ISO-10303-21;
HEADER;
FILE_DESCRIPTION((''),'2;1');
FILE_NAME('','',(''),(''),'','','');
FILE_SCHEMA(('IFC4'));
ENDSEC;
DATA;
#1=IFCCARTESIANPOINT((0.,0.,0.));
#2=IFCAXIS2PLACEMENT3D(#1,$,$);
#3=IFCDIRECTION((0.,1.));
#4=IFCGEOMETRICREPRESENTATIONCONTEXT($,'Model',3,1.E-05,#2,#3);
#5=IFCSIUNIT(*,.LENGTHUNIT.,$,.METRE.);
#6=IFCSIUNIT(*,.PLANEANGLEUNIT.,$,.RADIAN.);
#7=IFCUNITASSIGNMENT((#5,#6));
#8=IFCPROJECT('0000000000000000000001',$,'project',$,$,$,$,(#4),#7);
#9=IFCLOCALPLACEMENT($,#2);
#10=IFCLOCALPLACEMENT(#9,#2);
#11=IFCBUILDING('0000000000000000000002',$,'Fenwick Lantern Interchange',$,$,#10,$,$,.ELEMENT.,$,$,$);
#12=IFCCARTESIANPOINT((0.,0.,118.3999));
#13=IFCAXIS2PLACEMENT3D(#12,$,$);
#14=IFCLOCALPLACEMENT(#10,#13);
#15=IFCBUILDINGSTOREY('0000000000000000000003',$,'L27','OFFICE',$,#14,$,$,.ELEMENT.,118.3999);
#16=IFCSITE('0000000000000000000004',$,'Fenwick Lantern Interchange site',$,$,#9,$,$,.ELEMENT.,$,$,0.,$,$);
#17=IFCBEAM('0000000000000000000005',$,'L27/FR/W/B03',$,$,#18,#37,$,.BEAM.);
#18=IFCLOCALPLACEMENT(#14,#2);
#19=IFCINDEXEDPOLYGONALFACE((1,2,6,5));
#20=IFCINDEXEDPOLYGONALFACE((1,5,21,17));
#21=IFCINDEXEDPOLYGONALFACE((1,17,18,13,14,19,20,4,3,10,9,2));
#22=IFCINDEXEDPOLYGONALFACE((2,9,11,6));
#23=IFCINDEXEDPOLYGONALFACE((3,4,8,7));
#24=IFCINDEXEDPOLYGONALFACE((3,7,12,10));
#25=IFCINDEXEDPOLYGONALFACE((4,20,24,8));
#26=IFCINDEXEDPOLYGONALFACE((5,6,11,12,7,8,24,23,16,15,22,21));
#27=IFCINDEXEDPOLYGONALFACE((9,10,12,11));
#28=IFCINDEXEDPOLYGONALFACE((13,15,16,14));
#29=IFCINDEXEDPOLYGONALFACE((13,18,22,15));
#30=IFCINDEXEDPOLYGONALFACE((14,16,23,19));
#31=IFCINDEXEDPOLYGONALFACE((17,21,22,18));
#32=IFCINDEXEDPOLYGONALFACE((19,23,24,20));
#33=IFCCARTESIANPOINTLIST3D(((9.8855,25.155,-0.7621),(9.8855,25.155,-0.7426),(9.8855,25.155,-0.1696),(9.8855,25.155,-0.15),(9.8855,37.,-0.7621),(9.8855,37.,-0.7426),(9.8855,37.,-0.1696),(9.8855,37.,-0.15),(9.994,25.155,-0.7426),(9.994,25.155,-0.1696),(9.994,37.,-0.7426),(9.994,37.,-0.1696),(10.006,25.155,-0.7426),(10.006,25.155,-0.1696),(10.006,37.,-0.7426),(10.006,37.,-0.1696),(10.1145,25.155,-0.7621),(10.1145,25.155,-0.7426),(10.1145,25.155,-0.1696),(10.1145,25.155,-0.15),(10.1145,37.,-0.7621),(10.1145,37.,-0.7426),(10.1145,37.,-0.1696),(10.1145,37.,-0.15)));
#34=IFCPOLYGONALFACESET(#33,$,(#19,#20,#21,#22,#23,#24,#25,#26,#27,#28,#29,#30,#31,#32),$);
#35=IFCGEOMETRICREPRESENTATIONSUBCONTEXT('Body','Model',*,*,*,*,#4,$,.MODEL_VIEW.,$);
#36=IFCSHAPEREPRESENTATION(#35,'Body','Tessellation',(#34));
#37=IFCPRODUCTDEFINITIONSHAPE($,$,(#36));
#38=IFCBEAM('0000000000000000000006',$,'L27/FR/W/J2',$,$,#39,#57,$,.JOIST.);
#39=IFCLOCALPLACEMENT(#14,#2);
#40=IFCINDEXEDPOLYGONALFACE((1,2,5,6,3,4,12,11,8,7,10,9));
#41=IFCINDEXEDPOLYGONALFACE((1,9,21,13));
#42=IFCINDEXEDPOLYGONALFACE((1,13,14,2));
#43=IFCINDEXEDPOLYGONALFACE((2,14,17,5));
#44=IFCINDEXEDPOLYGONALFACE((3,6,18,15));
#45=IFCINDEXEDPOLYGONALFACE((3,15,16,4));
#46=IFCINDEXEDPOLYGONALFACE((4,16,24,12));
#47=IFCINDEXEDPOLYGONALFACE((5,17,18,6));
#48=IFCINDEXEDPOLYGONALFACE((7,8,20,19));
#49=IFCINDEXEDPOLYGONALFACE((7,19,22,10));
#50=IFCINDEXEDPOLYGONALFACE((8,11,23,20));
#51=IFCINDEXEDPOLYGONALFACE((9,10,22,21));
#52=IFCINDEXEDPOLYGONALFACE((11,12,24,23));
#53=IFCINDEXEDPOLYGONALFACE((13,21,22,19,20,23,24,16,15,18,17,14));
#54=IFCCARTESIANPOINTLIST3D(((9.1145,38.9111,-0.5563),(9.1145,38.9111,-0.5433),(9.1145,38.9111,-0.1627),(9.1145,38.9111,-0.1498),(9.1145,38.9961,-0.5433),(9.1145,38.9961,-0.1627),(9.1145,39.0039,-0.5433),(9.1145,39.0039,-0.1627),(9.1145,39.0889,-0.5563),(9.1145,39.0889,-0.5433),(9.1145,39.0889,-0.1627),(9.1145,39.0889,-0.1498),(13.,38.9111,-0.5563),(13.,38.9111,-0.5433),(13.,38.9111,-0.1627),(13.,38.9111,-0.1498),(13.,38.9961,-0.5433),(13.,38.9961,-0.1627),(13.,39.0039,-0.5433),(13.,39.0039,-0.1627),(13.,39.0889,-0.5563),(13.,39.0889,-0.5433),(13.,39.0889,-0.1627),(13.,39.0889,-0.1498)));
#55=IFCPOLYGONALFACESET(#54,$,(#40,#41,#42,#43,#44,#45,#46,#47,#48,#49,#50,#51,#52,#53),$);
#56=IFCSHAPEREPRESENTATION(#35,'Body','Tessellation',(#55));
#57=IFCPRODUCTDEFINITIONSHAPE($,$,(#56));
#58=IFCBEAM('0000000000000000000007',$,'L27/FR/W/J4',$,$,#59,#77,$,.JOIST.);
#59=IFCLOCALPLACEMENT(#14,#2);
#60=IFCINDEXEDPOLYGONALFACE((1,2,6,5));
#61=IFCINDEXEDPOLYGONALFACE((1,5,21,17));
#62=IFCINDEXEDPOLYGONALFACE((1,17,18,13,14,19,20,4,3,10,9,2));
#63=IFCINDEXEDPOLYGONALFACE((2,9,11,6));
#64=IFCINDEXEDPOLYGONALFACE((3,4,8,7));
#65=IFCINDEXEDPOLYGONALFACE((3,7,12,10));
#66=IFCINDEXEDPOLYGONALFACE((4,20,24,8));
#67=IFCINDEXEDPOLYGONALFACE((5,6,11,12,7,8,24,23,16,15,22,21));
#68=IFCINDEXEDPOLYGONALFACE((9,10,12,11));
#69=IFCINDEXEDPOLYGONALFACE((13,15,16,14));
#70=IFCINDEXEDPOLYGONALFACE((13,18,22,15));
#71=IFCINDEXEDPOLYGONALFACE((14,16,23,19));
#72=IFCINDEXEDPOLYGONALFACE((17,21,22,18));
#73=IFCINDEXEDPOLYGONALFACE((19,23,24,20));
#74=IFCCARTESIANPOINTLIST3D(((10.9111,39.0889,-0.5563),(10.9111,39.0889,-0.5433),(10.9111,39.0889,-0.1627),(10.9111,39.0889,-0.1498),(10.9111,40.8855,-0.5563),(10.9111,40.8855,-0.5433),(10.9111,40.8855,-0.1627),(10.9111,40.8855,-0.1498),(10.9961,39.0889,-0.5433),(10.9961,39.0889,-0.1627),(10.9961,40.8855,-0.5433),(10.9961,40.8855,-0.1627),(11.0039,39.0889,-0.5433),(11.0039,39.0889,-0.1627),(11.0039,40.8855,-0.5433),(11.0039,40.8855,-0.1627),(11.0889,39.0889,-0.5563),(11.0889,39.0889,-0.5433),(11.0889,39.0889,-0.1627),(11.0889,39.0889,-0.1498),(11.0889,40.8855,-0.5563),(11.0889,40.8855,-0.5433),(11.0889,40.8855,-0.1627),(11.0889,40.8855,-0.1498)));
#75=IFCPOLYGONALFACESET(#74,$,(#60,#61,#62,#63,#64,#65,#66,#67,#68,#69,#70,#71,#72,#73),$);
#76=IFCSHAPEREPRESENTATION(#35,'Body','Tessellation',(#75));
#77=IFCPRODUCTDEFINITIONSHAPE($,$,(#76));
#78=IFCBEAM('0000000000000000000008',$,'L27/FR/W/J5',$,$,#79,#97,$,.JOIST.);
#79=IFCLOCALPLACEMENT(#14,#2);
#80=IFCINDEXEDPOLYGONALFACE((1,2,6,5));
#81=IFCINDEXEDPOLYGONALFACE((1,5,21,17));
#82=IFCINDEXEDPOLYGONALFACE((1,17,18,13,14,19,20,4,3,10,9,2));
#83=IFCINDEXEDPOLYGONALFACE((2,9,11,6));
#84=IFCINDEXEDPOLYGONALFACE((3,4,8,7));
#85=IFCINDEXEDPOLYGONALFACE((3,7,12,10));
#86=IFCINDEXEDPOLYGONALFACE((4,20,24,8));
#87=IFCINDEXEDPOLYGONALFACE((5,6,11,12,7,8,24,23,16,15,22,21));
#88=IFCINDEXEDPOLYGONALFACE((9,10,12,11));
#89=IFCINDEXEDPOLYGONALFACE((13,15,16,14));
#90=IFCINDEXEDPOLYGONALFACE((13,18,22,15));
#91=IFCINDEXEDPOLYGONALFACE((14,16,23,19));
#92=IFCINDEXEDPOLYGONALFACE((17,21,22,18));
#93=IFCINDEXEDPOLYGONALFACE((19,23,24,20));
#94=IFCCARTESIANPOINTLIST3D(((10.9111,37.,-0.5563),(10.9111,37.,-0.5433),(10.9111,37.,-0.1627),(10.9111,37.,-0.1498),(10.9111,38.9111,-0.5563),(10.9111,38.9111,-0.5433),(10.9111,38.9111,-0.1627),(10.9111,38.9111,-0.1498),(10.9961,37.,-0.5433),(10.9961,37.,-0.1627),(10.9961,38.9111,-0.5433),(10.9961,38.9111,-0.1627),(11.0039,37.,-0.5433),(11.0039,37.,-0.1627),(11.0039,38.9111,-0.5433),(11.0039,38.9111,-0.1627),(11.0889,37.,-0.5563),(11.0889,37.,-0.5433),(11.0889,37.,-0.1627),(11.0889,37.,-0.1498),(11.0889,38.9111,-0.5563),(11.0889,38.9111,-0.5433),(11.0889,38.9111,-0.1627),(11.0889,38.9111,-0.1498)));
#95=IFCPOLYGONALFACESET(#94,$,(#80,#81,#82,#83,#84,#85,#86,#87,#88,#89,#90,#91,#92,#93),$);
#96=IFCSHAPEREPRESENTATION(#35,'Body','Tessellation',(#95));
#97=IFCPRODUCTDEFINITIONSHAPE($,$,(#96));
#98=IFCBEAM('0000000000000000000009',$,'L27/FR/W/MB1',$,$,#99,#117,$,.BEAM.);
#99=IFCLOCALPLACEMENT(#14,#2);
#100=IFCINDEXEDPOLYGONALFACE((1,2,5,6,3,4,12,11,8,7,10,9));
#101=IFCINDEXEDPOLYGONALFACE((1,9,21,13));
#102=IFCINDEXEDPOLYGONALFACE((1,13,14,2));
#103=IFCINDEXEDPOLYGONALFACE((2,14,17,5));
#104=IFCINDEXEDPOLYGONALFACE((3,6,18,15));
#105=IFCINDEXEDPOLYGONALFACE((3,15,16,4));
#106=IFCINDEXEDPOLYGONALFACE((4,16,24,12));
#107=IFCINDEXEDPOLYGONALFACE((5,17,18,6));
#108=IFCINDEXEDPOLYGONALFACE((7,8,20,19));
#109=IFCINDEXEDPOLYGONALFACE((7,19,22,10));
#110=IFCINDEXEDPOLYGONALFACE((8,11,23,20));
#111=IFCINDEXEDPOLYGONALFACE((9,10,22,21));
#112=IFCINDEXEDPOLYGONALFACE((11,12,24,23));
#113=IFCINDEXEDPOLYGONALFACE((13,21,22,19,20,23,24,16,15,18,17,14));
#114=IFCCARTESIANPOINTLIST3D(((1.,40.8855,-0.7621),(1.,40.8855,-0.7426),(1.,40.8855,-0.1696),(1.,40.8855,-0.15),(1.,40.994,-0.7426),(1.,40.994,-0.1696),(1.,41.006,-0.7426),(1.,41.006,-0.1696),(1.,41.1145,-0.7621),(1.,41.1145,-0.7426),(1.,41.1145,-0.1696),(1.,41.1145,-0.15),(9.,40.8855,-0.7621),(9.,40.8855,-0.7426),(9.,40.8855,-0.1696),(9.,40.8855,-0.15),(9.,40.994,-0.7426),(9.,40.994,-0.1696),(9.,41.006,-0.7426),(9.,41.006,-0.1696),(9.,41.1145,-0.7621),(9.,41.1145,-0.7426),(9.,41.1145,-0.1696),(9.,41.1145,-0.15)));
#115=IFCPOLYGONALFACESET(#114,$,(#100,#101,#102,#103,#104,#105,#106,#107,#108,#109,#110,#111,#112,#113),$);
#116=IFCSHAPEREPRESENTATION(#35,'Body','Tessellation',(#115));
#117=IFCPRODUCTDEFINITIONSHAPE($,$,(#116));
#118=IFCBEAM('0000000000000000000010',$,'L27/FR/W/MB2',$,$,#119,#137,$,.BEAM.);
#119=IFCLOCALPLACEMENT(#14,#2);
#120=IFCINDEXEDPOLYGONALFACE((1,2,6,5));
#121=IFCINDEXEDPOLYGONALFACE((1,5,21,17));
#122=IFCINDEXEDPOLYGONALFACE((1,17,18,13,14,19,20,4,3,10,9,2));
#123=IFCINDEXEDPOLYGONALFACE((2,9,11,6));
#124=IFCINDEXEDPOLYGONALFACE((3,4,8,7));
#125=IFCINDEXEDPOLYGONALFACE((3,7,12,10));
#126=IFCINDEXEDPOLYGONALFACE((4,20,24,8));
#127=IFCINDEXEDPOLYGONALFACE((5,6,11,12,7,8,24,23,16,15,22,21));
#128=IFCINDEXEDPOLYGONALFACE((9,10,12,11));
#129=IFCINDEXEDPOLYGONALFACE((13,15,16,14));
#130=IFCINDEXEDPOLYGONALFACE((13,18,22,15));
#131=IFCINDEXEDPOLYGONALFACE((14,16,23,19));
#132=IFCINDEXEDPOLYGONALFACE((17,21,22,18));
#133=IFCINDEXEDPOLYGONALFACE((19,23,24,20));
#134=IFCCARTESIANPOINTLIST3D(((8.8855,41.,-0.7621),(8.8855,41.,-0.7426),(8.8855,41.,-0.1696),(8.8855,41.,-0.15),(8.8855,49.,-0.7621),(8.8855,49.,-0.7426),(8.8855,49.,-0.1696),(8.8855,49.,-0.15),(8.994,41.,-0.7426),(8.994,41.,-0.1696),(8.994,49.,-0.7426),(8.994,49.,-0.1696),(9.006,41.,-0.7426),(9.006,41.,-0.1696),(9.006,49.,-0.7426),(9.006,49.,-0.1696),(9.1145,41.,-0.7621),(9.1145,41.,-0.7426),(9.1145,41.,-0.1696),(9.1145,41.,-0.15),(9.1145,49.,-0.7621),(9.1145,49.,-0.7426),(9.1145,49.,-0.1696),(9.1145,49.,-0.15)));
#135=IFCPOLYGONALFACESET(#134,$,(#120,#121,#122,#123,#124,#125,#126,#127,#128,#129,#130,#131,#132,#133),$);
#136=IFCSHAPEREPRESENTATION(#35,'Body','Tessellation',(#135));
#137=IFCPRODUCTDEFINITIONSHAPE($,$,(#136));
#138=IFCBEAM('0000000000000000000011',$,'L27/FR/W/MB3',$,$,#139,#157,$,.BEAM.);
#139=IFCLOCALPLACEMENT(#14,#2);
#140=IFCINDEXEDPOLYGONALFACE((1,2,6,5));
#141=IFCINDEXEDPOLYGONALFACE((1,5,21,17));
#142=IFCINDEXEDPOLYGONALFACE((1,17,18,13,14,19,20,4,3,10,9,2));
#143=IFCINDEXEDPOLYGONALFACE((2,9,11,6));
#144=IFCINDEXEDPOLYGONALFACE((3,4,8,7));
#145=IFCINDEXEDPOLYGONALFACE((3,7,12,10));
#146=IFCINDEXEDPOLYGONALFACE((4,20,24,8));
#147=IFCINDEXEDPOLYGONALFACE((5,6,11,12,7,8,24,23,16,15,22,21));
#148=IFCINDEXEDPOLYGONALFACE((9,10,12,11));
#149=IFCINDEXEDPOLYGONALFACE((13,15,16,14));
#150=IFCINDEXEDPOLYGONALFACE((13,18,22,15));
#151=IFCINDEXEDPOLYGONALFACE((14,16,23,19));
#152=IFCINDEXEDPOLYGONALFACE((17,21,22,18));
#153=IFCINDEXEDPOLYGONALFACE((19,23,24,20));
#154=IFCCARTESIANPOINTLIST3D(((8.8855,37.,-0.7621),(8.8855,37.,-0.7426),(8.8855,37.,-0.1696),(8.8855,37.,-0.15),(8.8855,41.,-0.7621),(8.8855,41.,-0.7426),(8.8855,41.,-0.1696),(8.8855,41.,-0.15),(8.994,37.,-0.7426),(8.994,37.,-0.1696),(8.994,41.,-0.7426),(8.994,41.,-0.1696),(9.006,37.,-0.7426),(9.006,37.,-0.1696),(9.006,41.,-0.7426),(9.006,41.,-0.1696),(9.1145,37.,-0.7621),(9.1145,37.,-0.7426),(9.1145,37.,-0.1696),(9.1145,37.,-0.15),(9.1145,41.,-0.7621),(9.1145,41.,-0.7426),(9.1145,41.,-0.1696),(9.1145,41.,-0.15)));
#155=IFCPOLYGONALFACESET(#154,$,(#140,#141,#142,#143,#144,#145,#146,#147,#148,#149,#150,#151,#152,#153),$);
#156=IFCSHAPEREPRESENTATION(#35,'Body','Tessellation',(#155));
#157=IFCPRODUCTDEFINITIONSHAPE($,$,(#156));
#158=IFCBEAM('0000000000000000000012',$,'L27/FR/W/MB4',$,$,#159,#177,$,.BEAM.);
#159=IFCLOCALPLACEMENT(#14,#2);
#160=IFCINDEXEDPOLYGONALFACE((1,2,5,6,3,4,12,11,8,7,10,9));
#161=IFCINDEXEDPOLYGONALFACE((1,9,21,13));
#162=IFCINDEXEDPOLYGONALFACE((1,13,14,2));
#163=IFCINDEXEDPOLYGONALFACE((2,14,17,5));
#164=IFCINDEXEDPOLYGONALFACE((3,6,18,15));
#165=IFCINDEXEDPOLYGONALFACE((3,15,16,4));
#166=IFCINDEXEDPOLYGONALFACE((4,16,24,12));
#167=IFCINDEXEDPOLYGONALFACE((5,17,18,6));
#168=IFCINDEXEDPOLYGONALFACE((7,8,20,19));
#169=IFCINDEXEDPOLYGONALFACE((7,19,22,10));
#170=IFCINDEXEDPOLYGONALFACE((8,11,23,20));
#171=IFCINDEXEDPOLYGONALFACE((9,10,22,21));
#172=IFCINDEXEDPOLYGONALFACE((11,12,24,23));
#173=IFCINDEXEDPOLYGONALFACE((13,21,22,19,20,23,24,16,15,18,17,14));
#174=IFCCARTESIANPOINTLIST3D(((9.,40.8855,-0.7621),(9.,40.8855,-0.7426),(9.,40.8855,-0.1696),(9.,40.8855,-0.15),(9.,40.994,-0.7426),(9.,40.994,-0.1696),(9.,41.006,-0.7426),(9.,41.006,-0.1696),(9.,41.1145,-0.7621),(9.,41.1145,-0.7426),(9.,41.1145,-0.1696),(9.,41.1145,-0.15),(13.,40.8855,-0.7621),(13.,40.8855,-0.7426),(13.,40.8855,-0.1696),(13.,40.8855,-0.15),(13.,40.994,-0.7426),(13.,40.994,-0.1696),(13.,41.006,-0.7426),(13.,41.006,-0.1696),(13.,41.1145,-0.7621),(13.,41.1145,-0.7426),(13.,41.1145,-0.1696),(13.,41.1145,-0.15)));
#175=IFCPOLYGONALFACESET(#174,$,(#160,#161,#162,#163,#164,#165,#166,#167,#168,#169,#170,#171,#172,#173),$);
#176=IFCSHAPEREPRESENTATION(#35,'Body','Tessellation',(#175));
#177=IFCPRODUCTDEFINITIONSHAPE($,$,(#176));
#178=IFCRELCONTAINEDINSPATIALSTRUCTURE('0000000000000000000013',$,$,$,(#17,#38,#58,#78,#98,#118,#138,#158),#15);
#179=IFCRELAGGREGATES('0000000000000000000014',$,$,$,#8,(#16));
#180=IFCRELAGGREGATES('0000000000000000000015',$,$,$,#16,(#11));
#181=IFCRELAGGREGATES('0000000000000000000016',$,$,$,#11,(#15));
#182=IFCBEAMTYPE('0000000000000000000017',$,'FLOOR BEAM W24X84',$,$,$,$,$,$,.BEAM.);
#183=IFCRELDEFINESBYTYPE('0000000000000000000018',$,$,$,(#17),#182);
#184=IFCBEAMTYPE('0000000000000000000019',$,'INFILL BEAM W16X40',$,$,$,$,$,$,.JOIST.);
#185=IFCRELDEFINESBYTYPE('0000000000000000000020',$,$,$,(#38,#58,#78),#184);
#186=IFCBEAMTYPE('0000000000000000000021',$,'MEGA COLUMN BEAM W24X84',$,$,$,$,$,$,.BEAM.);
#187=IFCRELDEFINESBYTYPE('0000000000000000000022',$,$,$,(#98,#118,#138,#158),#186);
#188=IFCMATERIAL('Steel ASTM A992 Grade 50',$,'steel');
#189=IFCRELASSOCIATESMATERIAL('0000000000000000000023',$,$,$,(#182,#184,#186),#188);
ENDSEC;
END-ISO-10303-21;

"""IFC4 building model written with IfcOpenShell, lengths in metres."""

from ifc_helpers import new_model, si_unit, direction, frame, origin, origin_2d, place, context, subcontext, project, spatial, i_section, extrude, material, material_profile, profile_set, type_object, element, save


model = new_model("IFC4")

# Units and contexts
model_context = context("Model", 3, precision=1e-05, world=origin(), true_north=direction((0.0, 1.0)))
body_context = subcontext(model_context, "Body", "Model", "MODEL_VIEW")
ifc_project = project(units=[si_unit("LENGTHUNIT", "METRE"), si_unit("PLANEANGLEUNIT", "RADIAN")], contexts=[model_context])

# Site, building, storey
site_placement = place(None, origin())
site = spatial("IfcSite", under=ifc_project, at=site_placement, Name="Fenwick Lantern Interchange site", CompositionType="ELEMENT", RefElevation=0.0)
building_placement = place(site_placement, origin())
building = spatial("IfcBuilding", under=site, at=building_placement, Name="Fenwick Lantern Interchange", CompositionType="ELEMENT")
storey_placement = place(building_placement, frame((0.0, 0.0, 118.3999)))
storey = spatial("IfcBuildingStorey", under=building, at=storey_placement, Name="L27", Description="OFFICE", CompositionType="ELEMENT", Elevation=118.3999)

# Beams
ifc_material_1 = material(Name="Steel ASTM A992 Grade 50", Category="steel")
ifc_material_profile_1 = material_profile(ifc_material_1, i_section(OverallWidth=0.229, OverallDepth=0.6121, WebThickness=0.012, FlangeThickness=0.0195, at=origin_2d()), Name="W24X84")
ifc_profile_set_1 = profile_set([ifc_material_profile_1], Name="Steel ASTM A992 Grade 50")
beam_type_1 = type_object("IfcBeamType", Name="FLOOR BEAM W24X84", PredefinedType="BEAM", material=ifc_profile_set_1)
beam_1_placement = place(storey_placement, frame((10.0, 37.0, -0.4561), z_axis=(0.0, -1.0, 0.0), x_axis=(1.0, 0.0, 0.0)))
element("IfcBeam", 1, at=beam_1_placement, inside=storey, type_object=beam_type_1, Name="L27/FR/W/B03", PredefinedType="BEAM", context=body_context, shape_type="SweptSolid", body=[
    extrude(i_section(OverallWidth=0.229, OverallDepth=0.6121, WebThickness=0.012, FlangeThickness=0.0195, at=origin_2d()), origin(), (0.0, 0.0, 1.0), 11.845),
])
ifc_material_profile_2 = material_profile(ifc_material_1, i_section(OverallWidth=0.1777, OverallDepth=0.4065, WebThickness=0.0078, FlangeThickness=0.0129, at=origin_2d()), Name="W16X40")
ifc_profile_set_2 = profile_set([ifc_material_profile_2], Name="Steel ASTM A992 Grade 50")
beam_type_2 = type_object("IfcBeamType", Name="INFILL BEAM W16X40", PredefinedType="JOIST", material=ifc_profile_set_2)
beam_2_placement = place(storey_placement, frame((9.1145, 39.0, -0.353), z_axis=(1.0, 0.0, 0.0), x_axis=(0.0, 1.0, 0.0)))
element("IfcBeam", 2, at=beam_2_placement, inside=storey, type_object=beam_type_2, Name="L27/FR/W/J2", PredefinedType="JOIST", context=body_context, shape_type="SweptSolid", body=[
    extrude(i_section(OverallWidth=0.1777, OverallDepth=0.4065, WebThickness=0.0078, FlangeThickness=0.0129, at=origin_2d()), origin(), (0.0, 0.0, 1.0), 3.8855),
])
beam_3_placement = place(storey_placement, frame((11.0, 40.8855, -0.353), z_axis=(0.0, -1.0, 0.0), x_axis=(1.0, 0.0, 0.0)))
element("IfcBeam", 3, at=beam_3_placement, inside=storey, type_object=beam_type_2, Name="L27/FR/W/J4", PredefinedType="JOIST", context=body_context, shape_type="SweptSolid", body=[
    extrude(i_section(OverallWidth=0.1777, OverallDepth=0.4065, WebThickness=0.0078, FlangeThickness=0.0129, at=origin_2d()), origin(), (0.0, 0.0, 1.0), 1.7966),
])
beam_4_placement = place(storey_placement, frame((11.0, 38.9111, -0.353), z_axis=(0.0, -1.0, 0.0), x_axis=(1.0, 0.0, 0.0)))
element("IfcBeam", 4, at=beam_4_placement, inside=storey, type_object=beam_type_2, Name="L27/FR/W/J5", PredefinedType="JOIST", context=body_context, shape_type="SweptSolid", body=[
    extrude(i_section(OverallWidth=0.1777, OverallDepth=0.4065, WebThickness=0.0078, FlangeThickness=0.0129, at=origin_2d()), origin(), (0.0, 0.0, 1.0), 1.9111),
])
ifc_material_profile_3 = material_profile(ifc_material_1, i_section(OverallWidth=0.229, OverallDepth=0.6121, WebThickness=0.012, FlangeThickness=0.0195, at=origin_2d()), Name="W24X84")
ifc_profile_set_3 = profile_set([ifc_material_profile_3], Name="Steel ASTM A992 Grade 50")
beam_type_3 = type_object("IfcBeamType", Name="MEGA COLUMN BEAM W24X84", PredefinedType="BEAM", material=ifc_profile_set_3)
for number, where, z_axis, x_axis, name in (
    (5, (9.0, 41.0, -0.4561), (-1.0, 0.0, 0.0), (0.0, -1.0, 0.0), "L27/FR/W/MB1"),
    (6, (9.0, 41.0, -0.4561), (0.0, 1.0, 0.0), (-1.0, 0.0, 0.0), "L27/FR/W/MB2"),
):
    element("IfcBeam", number, at=place(storey_placement, frame(where, z_axis=z_axis, x_axis=x_axis)), inside=storey, type_object=beam_type_3, Name=name, PredefinedType="BEAM", context=body_context, shape_type="SweptSolid", body=[
        extrude(i_section(OverallWidth=0.229, OverallDepth=0.6121, WebThickness=0.012, FlangeThickness=0.0195, at=origin_2d()), origin(), (0.0, 0.0, 1.0), 8.0),
    ])
for number, where, z_axis, x_axis, name in (
    (7, (9.0, 41.0, -0.4561), (0.0, -1.0, 0.0), (1.0, 0.0, 0.0), "L27/FR/W/MB3"),
    (8, (9.0, 41.0, -0.4561), (1.0, 0.0, 0.0), (0.0, 1.0, 0.0), "L27/FR/W/MB4"),
):
    element("IfcBeam", number, at=place(storey_placement, frame(where, z_axis=z_axis, x_axis=x_axis)), inside=storey, type_object=beam_type_3, Name=name, PredefinedType="BEAM", context=body_context, shape_type="SweptSolid", body=[
        extrude(i_section(OverallWidth=0.229, OverallDepth=0.6121, WebThickness=0.012, FlangeThickness=0.0195, at=origin_2d()), origin(), (0.0, 0.0, 1.0), 4.0),
    ])

save(model, "model.ifc")
